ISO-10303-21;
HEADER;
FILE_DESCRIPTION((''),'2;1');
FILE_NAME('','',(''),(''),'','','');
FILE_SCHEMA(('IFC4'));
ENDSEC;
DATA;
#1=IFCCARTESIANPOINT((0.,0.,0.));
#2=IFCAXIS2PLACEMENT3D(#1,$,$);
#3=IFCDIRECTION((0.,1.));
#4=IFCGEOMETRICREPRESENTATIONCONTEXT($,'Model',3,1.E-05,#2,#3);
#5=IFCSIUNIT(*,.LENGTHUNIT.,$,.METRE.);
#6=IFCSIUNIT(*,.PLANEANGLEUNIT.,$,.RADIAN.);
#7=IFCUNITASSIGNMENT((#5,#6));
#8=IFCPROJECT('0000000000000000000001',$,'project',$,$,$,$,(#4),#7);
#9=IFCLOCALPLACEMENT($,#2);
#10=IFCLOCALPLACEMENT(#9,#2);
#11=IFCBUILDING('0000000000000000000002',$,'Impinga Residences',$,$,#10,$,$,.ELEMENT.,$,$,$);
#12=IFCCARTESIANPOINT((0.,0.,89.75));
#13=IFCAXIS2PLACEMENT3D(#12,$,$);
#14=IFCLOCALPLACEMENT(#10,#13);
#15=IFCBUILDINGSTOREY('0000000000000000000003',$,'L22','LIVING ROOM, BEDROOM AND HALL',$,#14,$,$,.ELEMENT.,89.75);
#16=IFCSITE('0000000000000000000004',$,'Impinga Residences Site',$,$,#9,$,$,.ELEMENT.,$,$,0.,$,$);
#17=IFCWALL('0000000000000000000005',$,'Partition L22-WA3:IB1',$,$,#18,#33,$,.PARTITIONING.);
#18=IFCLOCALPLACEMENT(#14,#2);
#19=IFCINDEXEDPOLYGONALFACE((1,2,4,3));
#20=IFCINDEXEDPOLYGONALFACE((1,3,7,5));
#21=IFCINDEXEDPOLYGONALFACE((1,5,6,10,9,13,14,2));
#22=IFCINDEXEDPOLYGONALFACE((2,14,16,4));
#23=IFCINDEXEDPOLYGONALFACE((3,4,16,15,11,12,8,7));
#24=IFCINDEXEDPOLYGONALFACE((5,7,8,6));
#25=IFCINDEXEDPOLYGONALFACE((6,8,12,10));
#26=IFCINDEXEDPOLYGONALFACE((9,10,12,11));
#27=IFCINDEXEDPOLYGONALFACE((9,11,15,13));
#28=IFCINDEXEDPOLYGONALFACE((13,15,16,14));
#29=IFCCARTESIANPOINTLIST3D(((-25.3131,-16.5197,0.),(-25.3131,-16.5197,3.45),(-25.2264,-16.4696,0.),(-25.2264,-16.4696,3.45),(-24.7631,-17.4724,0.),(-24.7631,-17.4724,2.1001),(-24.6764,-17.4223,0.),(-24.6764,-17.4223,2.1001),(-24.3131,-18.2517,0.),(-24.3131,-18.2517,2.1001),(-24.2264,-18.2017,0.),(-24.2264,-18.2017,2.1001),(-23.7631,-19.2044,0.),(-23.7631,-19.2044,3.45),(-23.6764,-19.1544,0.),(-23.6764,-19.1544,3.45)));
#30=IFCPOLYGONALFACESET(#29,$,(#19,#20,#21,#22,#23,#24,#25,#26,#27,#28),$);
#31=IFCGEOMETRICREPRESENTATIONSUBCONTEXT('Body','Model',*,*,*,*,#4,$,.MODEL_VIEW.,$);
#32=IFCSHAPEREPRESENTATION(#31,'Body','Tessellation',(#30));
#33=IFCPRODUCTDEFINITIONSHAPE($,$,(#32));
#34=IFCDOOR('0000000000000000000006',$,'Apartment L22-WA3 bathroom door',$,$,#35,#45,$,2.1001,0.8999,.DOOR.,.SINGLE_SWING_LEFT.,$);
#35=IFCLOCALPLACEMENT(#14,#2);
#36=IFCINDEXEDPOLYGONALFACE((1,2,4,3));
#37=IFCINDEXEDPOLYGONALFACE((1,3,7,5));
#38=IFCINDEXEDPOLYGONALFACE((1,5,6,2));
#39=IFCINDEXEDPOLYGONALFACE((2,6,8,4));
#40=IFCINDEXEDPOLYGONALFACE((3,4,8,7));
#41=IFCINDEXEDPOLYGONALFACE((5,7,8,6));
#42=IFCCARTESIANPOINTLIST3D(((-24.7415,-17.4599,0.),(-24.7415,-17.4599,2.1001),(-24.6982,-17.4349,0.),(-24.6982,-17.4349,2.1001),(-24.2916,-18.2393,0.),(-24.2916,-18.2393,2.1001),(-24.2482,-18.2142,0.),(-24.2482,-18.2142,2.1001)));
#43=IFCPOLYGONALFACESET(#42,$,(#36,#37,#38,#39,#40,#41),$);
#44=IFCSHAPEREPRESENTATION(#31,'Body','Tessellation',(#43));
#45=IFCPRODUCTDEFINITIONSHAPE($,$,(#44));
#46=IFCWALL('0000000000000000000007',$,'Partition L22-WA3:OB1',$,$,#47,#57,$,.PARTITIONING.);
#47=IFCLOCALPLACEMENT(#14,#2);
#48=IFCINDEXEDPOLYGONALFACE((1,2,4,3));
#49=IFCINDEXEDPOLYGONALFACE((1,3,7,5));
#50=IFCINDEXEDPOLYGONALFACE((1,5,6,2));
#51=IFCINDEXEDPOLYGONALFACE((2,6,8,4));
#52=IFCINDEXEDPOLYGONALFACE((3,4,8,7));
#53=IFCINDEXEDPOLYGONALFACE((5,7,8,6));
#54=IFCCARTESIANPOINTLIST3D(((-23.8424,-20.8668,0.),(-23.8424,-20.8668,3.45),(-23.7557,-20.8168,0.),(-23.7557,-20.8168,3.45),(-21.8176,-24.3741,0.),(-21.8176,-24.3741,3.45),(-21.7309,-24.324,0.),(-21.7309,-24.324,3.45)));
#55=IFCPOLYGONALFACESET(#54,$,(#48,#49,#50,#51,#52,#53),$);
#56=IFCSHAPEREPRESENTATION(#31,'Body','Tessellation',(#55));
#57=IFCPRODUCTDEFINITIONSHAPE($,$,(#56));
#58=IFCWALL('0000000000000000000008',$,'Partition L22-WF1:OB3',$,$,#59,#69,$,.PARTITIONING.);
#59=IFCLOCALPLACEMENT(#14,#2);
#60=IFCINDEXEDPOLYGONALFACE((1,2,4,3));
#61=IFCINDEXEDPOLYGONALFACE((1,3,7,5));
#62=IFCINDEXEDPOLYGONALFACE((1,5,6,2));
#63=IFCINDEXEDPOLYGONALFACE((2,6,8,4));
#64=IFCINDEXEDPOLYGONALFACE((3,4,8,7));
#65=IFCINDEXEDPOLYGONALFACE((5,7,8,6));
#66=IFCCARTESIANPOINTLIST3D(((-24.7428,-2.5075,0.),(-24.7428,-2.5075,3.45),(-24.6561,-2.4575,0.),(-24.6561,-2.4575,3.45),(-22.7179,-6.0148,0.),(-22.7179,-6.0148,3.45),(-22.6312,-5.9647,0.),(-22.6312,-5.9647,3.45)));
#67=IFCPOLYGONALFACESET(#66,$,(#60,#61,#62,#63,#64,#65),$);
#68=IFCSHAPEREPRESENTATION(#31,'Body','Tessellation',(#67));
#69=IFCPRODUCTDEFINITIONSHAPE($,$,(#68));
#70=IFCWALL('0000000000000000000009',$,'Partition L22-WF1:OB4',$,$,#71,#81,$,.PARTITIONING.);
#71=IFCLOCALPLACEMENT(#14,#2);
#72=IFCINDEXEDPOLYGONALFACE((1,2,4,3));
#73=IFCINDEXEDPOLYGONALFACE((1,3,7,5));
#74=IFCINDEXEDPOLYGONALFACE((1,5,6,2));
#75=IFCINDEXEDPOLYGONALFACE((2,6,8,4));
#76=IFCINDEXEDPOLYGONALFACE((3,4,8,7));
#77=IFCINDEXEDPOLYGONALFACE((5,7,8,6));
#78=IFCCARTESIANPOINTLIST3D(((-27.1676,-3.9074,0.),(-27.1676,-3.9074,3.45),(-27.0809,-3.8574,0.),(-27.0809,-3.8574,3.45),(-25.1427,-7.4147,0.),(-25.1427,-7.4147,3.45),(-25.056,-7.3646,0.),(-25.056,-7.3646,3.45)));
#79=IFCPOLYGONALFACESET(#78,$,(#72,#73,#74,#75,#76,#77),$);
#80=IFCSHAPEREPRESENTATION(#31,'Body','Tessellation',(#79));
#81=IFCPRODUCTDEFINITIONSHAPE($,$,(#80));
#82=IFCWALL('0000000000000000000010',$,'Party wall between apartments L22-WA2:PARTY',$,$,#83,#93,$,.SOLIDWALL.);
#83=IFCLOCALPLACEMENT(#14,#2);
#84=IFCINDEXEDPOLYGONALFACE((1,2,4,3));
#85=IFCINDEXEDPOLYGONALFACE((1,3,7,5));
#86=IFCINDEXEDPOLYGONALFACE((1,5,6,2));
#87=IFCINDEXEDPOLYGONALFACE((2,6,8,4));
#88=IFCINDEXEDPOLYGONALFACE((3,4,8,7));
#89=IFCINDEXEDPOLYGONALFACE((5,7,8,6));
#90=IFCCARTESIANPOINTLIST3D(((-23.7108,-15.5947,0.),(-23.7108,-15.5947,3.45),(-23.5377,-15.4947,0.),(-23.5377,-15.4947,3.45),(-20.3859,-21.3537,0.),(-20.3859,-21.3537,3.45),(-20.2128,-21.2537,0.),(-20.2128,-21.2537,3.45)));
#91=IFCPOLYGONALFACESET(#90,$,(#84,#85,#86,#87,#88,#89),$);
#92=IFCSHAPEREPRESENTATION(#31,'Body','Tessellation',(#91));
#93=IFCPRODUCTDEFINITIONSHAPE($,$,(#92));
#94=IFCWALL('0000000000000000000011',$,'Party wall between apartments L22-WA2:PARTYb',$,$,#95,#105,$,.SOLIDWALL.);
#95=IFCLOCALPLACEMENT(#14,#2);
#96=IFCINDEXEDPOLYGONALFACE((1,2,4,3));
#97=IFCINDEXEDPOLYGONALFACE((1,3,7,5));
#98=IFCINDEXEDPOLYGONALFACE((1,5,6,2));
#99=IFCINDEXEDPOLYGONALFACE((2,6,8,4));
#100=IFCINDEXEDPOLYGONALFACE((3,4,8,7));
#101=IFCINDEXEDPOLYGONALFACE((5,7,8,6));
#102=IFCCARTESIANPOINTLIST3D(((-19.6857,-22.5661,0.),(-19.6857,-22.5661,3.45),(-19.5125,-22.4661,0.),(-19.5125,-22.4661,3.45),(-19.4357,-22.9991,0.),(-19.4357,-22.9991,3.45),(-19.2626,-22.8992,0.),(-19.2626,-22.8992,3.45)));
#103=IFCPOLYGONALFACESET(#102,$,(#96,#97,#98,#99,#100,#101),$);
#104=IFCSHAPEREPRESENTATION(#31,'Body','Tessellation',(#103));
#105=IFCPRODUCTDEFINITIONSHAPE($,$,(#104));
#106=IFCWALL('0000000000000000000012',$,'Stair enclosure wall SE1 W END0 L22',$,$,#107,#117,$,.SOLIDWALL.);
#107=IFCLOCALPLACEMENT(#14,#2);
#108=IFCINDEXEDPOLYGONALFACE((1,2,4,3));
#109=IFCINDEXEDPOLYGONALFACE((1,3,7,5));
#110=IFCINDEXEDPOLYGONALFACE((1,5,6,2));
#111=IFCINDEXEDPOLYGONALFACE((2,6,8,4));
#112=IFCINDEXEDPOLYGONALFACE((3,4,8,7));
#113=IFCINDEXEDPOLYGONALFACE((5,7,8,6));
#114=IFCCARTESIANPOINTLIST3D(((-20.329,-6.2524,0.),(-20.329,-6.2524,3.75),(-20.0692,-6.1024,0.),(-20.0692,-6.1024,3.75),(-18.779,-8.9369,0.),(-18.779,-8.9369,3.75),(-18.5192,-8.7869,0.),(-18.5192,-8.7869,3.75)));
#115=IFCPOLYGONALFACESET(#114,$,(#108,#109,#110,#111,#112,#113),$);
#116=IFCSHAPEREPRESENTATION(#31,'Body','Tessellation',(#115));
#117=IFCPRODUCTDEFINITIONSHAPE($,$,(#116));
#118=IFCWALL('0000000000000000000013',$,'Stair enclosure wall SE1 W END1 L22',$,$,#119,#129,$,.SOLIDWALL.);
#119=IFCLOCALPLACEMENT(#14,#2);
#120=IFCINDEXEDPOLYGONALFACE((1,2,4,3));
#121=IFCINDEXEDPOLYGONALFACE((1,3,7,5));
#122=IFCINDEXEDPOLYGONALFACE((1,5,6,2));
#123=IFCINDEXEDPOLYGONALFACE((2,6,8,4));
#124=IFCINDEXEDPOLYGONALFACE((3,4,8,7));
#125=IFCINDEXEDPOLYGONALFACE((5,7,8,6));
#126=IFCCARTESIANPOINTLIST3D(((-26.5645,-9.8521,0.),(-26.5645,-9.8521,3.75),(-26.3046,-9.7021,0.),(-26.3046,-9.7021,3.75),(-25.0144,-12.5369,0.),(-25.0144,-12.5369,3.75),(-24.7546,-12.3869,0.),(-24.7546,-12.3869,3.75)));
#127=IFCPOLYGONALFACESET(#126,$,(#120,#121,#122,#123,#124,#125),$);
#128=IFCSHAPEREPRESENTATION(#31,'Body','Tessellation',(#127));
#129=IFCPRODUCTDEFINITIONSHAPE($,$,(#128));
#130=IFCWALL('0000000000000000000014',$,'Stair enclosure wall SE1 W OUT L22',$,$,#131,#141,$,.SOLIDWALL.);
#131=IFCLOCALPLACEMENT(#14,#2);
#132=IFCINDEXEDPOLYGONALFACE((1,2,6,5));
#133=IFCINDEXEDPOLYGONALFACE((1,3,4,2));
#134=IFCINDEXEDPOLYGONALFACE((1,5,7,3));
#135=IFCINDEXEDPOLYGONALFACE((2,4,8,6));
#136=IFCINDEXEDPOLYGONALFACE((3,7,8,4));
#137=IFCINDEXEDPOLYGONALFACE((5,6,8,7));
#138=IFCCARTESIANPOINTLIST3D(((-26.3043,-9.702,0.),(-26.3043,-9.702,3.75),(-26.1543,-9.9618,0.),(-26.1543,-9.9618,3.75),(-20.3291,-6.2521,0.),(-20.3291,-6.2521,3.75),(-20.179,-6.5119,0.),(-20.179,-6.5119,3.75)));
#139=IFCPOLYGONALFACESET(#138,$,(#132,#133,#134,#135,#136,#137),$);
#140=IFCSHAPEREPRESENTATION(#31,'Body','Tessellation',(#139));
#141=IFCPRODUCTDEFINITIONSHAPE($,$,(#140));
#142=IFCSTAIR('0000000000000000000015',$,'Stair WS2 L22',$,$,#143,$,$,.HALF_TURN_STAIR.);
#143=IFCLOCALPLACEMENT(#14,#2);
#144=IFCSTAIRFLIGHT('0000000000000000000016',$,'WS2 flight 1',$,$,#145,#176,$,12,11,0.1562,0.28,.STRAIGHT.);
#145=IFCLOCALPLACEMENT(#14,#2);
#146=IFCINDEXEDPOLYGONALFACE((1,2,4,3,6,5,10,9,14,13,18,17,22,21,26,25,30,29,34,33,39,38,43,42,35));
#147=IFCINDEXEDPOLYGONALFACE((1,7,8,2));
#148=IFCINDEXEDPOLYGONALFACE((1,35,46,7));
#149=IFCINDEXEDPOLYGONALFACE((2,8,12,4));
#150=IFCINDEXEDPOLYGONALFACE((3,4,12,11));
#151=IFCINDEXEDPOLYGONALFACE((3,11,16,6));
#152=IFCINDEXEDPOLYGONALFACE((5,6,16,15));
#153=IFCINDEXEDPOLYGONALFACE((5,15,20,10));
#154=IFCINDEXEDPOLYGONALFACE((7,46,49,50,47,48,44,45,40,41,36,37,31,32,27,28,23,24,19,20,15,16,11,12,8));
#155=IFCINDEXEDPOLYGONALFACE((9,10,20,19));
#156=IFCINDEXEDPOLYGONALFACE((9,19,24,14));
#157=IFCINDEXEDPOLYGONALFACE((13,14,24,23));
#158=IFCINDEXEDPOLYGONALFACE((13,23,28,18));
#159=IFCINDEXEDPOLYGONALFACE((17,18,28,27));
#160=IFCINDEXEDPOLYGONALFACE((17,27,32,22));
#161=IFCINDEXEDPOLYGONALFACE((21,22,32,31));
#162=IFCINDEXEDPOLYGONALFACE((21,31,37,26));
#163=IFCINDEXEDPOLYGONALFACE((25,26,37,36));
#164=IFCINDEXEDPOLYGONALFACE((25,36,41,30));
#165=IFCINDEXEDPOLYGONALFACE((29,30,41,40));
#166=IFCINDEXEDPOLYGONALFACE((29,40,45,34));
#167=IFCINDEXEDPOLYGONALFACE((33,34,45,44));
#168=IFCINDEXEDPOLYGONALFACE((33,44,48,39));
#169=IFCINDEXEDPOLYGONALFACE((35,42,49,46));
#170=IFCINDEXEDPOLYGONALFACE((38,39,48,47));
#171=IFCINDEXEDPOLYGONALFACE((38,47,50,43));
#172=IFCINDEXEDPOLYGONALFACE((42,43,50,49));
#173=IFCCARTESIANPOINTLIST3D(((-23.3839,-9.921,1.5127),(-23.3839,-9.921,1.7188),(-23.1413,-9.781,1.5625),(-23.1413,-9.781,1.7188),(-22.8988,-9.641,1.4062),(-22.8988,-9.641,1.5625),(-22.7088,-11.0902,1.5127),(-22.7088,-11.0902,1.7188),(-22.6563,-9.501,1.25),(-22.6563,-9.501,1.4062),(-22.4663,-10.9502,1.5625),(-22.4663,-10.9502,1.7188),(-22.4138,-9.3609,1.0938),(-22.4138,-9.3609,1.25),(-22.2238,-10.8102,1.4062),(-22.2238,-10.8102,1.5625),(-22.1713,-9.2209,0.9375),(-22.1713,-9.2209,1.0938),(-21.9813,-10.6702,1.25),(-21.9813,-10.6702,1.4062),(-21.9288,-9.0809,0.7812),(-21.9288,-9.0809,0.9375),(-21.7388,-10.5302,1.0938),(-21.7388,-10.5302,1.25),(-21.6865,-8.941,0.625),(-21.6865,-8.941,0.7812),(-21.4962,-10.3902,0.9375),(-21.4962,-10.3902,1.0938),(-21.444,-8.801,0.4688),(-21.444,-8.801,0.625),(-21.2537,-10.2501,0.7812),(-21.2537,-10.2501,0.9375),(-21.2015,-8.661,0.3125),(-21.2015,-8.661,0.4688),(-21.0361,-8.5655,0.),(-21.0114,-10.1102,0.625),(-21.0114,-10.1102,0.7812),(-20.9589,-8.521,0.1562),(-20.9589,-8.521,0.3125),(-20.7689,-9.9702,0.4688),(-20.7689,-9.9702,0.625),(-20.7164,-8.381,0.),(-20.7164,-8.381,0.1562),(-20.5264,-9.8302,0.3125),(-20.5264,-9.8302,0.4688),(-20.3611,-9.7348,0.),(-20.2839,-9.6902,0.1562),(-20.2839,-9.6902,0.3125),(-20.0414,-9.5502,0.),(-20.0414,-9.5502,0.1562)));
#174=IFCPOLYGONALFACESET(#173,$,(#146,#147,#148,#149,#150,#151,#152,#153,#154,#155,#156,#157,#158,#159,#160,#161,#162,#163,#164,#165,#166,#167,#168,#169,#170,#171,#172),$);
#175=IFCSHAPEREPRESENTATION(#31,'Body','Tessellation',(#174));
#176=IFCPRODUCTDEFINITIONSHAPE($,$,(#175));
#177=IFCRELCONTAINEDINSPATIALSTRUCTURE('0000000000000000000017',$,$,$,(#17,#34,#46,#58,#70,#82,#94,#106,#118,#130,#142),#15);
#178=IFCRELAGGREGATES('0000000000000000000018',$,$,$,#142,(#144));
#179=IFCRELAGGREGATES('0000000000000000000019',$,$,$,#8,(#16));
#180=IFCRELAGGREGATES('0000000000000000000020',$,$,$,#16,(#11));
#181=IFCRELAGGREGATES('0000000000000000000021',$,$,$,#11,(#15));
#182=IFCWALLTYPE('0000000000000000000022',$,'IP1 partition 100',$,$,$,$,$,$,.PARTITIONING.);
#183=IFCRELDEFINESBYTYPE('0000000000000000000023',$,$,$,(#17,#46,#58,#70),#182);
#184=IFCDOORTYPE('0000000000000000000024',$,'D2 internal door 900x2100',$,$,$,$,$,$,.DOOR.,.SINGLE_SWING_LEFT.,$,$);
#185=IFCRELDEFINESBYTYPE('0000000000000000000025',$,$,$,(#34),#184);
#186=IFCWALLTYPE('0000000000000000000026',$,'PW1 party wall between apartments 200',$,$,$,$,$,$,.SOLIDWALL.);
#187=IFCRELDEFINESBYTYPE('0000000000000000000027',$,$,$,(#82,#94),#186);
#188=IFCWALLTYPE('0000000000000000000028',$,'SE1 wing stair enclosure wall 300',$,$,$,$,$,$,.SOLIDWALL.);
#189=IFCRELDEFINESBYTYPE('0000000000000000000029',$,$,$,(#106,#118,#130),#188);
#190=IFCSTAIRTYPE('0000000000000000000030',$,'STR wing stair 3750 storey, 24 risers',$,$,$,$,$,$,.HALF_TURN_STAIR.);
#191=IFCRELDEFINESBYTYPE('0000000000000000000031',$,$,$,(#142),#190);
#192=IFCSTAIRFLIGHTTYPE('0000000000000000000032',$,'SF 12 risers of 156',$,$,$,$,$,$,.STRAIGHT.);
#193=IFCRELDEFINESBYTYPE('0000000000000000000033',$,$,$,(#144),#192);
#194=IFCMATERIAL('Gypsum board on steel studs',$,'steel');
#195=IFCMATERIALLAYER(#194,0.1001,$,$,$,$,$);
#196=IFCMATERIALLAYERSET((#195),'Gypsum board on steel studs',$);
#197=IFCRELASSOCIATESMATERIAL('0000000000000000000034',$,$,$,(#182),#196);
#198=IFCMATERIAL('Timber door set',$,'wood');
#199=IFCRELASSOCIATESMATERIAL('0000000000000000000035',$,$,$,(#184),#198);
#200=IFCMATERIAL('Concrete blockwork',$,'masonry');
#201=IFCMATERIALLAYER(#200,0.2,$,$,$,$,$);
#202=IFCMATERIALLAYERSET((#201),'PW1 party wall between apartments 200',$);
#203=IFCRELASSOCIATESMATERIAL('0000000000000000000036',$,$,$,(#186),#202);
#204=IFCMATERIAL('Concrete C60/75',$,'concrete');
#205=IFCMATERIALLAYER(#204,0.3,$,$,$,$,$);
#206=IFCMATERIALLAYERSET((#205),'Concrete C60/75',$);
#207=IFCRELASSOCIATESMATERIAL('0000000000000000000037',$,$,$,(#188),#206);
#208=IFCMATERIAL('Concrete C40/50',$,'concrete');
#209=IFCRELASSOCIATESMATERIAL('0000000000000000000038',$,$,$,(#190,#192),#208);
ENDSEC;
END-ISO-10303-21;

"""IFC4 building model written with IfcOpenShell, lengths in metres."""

from ifc_helpers import new_model, si_unit, direction, frame, frame_2d, origin, place, context, subcontext, project, spatial, polyline, rectangle, outline, extrude, material, layer, layer_set, type_object, element, fill, aggregate, save


model = new_model("IFC4")

# Units and contexts
model_context = context("Model", 3, precision=1e-05, world=origin(), true_north=direction((0.0, 1.0)))
body_context = subcontext(model_context, "Body", "Model", "MODEL_VIEW")
ifc_project = project(units=[si_unit("LENGTHUNIT", "METRE"), si_unit("PLANEANGLEUNIT", "RADIAN")], contexts=[model_context])

# Site, building, storey
site_placement = place(None, origin())
site = spatial("IfcSite", under=ifc_project, at=site_placement, Name="Impinga Residences Site", CompositionType="ELEMENT", RefElevation=0.0)
building_placement = place(site_placement, origin())
building = spatial("IfcBuilding", under=site, at=building_placement, Name="Impinga Residences", CompositionType="ELEMENT")
storey_placement = place(building_placement, frame((0.0, 0.0, 89.75)))
storey = spatial("IfcBuildingStorey", under=building, at=storey_placement, Name="L22", Description="LIVING ROOM, BEDROOM AND HALL", CompositionType="ELEMENT", Elevation=89.75)

# Shared definitions
ifc_material_1 = material(Name="Gypsum board on steel studs", Category="steel")
ifc_layer_1 = layer(ifc_material_1, 0.1001)
ifc_layer_set_1 = layer_set([ifc_layer_1], Name="Gypsum board on steel studs")
wall_type_1 = type_object("IfcWallType", Name="IP1 partition 100", PredefinedType="PARTITIONING", material=ifc_layer_set_1)

# Shared definitions
ifc_material_2 = material(Name="Timber door set", Category="wood")
door_type = type_object("IfcDoorType", Name="D2 internal door 900x2100", OperationType="SINGLE_SWING_LEFT", PredefinedType="DOOR", material=ifc_material_2)

# Wall, opening, door
wall_1_placement = place(storey_placement, frame((-25.2698, -16.4946, 0.0), z_axis=(0.0, 0.0, 1.0), x_axis=(0.499993, -0.86603, 0.0)))
wall_1 = element("IfcWall", 1, at=wall_1_placement, inside=storey, type_object=wall_type_1, Name="Partition L22-WA3:IB1", PredefinedType="PARTITIONING", context=body_context, shape_type="SweptSolid", body=[
    extrude(rectangle(XDim=3.1001, YDim=0.1001, at=frame_2d((1.55, 0.0))), origin(), (0.0, 0.0, 1.0), 3.45),
])
opening_1_placement = place(wall_1_placement, frame((1.1001, 0.0, 0.0)))
opening_1 = element("IfcOpeningElement", 2, at=opening_1_placement, cuts=wall_1, PredefinedType="OPENING", context=body_context, shape_type="SweptSolid", body=[
    extrude(rectangle(XDim=0.8999, YDim=2.1001, at=frame_2d((0.45, 1.05))), frame((0.0, 0.0601, 0.0), z_axis=(0.0, -1.0, 0.0), x_axis=(1.0, 0.0, 0.0)), (0.0, 0.0, 1.0), 0.1201),
])
door_1_placement = place(opening_1_placement, origin())
door_1 = element("IfcDoor", 3, at=door_1_placement, inside=storey, type_object=door_type, Name="Apartment L22-WA3 bathroom door", OperationType="SINGLE_SWING_LEFT", OverallHeight=2.1001, OverallWidth=0.8999, PredefinedType="DOOR", context=body_context, shape_type="SweptSolid", body=[
    extrude(rectangle(XDim=0.8999, YDim=2.1001, at=frame_2d((0.45, 1.05))), frame((0.0, 0.0249, 0.0), z_axis=(0.0, -1.0, 0.0), x_axis=(1.0, 0.0, 0.0)), (0.0, 0.0, 1.0), 0.05),
])
fill(opening_1, door_1)

# Walls
for number, where, z_axis, x_axis, name in (
    (4, (-23.7991, -20.8418, 0.0), (0.0, 0.0, 1.0), (0.49999, -0.866031, 0.0), "Partition L22-WA3:OB1"),
    (5, (-22.6746, -5.9897, 0.0), (0.0, 0.0, 1.0), (-0.49999, 0.866031, 0.0), "Partition L22-WF1:OB3"),
    (6, (-25.0994, -7.3896, 0.0), (0.0, 0.0, 1.0), (-0.49999, 0.866031, 0.0), "Partition L22-WF1:OB4"),
):
    element("IfcWall", number, at=place(storey_placement, frame(where, z_axis=z_axis, x_axis=x_axis)), inside=storey, type_object=wall_type_1, Name=name, PredefinedType="PARTITIONING", context=body_context, shape_type="SweptSolid", body=[
        extrude(rectangle(XDim=4.0498, YDim=0.1001, at=frame_2d((2.0249, 0.0))), origin(), (0.0, 0.0, 1.0), 3.45),
    ])
ifc_material_3 = material(Name="Concrete blockwork", Category="masonry")
ifc_layer_2 = layer(ifc_material_3, 0.2)
ifc_layer_set_2 = layer_set([ifc_layer_2], Name="PW1 party wall between apartments 200")
wall_type_2 = type_object("IfcWallType", Name="PW1 party wall between apartments 200", PredefinedType="SOLIDWALL", material=ifc_layer_set_2)
wall_2_placement = place(storey_placement, frame((-23.6243, -15.5447, 0.0), z_axis=(0.0, 0.0, 1.0), x_axis=(0.499997, -0.866027, 0.0)))
element("IfcWall", 7, at=wall_2_placement, inside=storey, type_object=wall_type_2, Name="Party wall between apartments L22-WA2:PARTY", PredefinedType="SOLIDWALL", context=body_context, shape_type="SweptSolid", body=[
    extrude(rectangle(XDim=6.6499, YDim=0.2, at=frame_2d((3.325, 0.0))), origin(), (0.0, 0.0, 1.0), 3.45),
])
wall_3_placement = place(storey_placement, frame((-19.5991, -22.5161, 0.0), z_axis=(0.0, 0.0, 1.0), x_axis=(0.49992, -0.866072, 0.0)))
element("IfcWall", 8, at=wall_3_placement, inside=storey, type_object=wall_type_2, Name="Party wall between apartments L22-WA2:PARTYb", PredefinedType="SOLIDWALL", context=body_context, shape_type="SweptSolid", body=[
    extrude(rectangle(XDim=0.5, YDim=0.2, at=frame_2d((0.25, 0.0))), origin(), (0.0, 0.0, 1.0), 3.45),
])
ifc_material_4 = material(Name="Concrete C60/75", Category="concrete")
ifc_layer_3 = layer(ifc_material_4, 0.3)
ifc_layer_set_3 = layer_set([ifc_layer_3], Name="Concrete C60/75")
wall_type_3 = type_object("IfcWallType", Name="SE1 wing stair enclosure wall 300", PredefinedType="SOLIDWALL", material=ifc_layer_set_3)
wall_4_placement = place(storey_placement, frame((-18.6492, -8.8618, 0.0), z_axis=(0.0, 0.0, 1.0), x_axis=(-0.500027, 0.86601, 0.0)))
element("IfcWall", 9, at=wall_4_placement, inside=storey, type_object=wall_type_3, Name="Stair enclosure wall SE1 W END0 L22", PredefinedType="SOLIDWALL", context=body_context, shape_type="SweptSolid", body=[
    extrude(rectangle(XDim=3.0999, YDim=0.3, at=frame_2d((1.5498, 0.0))), origin(), (0.0, 0.0, 1.0), 3.75),
])
wall_5_placement = place(storey_placement, frame((-24.8845, -12.4619, 0.0), z_axis=(0.0, 0.0, 1.0), x_axis=(-0.499993, 0.86603, 0.0)))
element("IfcWall", 10, at=wall_5_placement, inside=storey, type_object=wall_type_3, Name="Stair enclosure wall SE1 W END1 L22", PredefinedType="SOLIDWALL", context=body_context, shape_type="SweptSolid", body=[
    extrude(rectangle(XDim=3.1001, YDim=0.3, at=frame_2d((1.55, 0.0))), origin(), (0.0, 0.0, 1.0), 3.75),
])
wall_6_placement = place(storey_placement, frame((-20.2542, -6.3821, 0.0), z_axis=(0.0, 0.0, 1.0), x_axis=(-0.86602, -0.500009, 0.0)))
element("IfcWall", 11, at=wall_6_placement, inside=storey, type_object=wall_type_3, Name="Stair enclosure wall SE1 W OUT L22", PredefinedType="SOLIDWALL", context=body_context, shape_type="SweptSolid", body=[
    extrude(rectangle(XDim=6.8997, YDim=0.3, at=frame_2d((3.4497, 0.0))), origin(), (0.0, 0.0, 1.0), 3.75),
])

# Stair, stair flight
ifc_material_5 = material(Name="Concrete C40/50", Category="concrete")
stair_type = type_object("IfcStairType", Name="STR wing stair 3750 storey, 24 risers", PredefinedType="HALF_TURN_STAIR", material=ifc_material_5)
stair_placement = place(storey_placement, origin())
stair = element("IfcStair", 12, at=stair_placement, inside=storey, type_object=stair_type, Name="Stair WS2 L22", PredefinedType="HALF_TURN_STAIR")
stair_flight_type = type_object("IfcStairFlightType", Name="SF 12 risers of 156", PredefinedType="STRAIGHT", material=ifc_material_5)
stair_flight_1_placement = place(storey_placement, frame((-20.3789, -8.9656, 0.0), z_axis=(0.0, 0.0, 1.0), x_axis=(-0.866025, -0.5, 0.0)))
stair_flight_1 = element("IfcStairFlight", 13, at=stair_flight_1_placement, type_object=stair_flight_type, Name="WS2 flight 1", NumberOfRisers=12, NumberOfTreads=11, PredefinedType="STRAIGHT", RiserHeight=0.1562, TreadLength=0.28, context=body_context, shape_type="SweptSolid", body=[
    extrude(outline(polyline([(0.0, 0.0), (0.0, 0.1562), (0.28, 0.1562), (0.28, 0.3125), (0.5601, 0.3125), (0.5601, 0.4688), (0.8401, 0.4688), (0.8401, 0.625), (1.1201, 0.625), (1.1201, 0.7812), (1.3999, 0.7812), (1.3999, 0.9375), (1.6799, 0.9375), (1.6799, 1.0938), (1.96, 1.0938), (1.96, 1.25), (2.24, 1.25), (2.24, 1.4062), (2.52, 1.4062), (2.52, 1.5625), (2.8, 1.5625), (2.8, 1.7188), (3.0801, 1.7188), (3.0801, 1.875), (3.0801, 1.5127), (0.3691, 0.0), (0.0, 0.0)])), frame((0.0, 0.675, 0.0), z_axis=(0.0, -1.0, 0.0), x_axis=(1.0, 0.0, 0.0)), (0.0, 0.0, 1.0), 1.3501),
])
aggregate(stair, [stair_flight_1])

save(model, "model.ifc")
